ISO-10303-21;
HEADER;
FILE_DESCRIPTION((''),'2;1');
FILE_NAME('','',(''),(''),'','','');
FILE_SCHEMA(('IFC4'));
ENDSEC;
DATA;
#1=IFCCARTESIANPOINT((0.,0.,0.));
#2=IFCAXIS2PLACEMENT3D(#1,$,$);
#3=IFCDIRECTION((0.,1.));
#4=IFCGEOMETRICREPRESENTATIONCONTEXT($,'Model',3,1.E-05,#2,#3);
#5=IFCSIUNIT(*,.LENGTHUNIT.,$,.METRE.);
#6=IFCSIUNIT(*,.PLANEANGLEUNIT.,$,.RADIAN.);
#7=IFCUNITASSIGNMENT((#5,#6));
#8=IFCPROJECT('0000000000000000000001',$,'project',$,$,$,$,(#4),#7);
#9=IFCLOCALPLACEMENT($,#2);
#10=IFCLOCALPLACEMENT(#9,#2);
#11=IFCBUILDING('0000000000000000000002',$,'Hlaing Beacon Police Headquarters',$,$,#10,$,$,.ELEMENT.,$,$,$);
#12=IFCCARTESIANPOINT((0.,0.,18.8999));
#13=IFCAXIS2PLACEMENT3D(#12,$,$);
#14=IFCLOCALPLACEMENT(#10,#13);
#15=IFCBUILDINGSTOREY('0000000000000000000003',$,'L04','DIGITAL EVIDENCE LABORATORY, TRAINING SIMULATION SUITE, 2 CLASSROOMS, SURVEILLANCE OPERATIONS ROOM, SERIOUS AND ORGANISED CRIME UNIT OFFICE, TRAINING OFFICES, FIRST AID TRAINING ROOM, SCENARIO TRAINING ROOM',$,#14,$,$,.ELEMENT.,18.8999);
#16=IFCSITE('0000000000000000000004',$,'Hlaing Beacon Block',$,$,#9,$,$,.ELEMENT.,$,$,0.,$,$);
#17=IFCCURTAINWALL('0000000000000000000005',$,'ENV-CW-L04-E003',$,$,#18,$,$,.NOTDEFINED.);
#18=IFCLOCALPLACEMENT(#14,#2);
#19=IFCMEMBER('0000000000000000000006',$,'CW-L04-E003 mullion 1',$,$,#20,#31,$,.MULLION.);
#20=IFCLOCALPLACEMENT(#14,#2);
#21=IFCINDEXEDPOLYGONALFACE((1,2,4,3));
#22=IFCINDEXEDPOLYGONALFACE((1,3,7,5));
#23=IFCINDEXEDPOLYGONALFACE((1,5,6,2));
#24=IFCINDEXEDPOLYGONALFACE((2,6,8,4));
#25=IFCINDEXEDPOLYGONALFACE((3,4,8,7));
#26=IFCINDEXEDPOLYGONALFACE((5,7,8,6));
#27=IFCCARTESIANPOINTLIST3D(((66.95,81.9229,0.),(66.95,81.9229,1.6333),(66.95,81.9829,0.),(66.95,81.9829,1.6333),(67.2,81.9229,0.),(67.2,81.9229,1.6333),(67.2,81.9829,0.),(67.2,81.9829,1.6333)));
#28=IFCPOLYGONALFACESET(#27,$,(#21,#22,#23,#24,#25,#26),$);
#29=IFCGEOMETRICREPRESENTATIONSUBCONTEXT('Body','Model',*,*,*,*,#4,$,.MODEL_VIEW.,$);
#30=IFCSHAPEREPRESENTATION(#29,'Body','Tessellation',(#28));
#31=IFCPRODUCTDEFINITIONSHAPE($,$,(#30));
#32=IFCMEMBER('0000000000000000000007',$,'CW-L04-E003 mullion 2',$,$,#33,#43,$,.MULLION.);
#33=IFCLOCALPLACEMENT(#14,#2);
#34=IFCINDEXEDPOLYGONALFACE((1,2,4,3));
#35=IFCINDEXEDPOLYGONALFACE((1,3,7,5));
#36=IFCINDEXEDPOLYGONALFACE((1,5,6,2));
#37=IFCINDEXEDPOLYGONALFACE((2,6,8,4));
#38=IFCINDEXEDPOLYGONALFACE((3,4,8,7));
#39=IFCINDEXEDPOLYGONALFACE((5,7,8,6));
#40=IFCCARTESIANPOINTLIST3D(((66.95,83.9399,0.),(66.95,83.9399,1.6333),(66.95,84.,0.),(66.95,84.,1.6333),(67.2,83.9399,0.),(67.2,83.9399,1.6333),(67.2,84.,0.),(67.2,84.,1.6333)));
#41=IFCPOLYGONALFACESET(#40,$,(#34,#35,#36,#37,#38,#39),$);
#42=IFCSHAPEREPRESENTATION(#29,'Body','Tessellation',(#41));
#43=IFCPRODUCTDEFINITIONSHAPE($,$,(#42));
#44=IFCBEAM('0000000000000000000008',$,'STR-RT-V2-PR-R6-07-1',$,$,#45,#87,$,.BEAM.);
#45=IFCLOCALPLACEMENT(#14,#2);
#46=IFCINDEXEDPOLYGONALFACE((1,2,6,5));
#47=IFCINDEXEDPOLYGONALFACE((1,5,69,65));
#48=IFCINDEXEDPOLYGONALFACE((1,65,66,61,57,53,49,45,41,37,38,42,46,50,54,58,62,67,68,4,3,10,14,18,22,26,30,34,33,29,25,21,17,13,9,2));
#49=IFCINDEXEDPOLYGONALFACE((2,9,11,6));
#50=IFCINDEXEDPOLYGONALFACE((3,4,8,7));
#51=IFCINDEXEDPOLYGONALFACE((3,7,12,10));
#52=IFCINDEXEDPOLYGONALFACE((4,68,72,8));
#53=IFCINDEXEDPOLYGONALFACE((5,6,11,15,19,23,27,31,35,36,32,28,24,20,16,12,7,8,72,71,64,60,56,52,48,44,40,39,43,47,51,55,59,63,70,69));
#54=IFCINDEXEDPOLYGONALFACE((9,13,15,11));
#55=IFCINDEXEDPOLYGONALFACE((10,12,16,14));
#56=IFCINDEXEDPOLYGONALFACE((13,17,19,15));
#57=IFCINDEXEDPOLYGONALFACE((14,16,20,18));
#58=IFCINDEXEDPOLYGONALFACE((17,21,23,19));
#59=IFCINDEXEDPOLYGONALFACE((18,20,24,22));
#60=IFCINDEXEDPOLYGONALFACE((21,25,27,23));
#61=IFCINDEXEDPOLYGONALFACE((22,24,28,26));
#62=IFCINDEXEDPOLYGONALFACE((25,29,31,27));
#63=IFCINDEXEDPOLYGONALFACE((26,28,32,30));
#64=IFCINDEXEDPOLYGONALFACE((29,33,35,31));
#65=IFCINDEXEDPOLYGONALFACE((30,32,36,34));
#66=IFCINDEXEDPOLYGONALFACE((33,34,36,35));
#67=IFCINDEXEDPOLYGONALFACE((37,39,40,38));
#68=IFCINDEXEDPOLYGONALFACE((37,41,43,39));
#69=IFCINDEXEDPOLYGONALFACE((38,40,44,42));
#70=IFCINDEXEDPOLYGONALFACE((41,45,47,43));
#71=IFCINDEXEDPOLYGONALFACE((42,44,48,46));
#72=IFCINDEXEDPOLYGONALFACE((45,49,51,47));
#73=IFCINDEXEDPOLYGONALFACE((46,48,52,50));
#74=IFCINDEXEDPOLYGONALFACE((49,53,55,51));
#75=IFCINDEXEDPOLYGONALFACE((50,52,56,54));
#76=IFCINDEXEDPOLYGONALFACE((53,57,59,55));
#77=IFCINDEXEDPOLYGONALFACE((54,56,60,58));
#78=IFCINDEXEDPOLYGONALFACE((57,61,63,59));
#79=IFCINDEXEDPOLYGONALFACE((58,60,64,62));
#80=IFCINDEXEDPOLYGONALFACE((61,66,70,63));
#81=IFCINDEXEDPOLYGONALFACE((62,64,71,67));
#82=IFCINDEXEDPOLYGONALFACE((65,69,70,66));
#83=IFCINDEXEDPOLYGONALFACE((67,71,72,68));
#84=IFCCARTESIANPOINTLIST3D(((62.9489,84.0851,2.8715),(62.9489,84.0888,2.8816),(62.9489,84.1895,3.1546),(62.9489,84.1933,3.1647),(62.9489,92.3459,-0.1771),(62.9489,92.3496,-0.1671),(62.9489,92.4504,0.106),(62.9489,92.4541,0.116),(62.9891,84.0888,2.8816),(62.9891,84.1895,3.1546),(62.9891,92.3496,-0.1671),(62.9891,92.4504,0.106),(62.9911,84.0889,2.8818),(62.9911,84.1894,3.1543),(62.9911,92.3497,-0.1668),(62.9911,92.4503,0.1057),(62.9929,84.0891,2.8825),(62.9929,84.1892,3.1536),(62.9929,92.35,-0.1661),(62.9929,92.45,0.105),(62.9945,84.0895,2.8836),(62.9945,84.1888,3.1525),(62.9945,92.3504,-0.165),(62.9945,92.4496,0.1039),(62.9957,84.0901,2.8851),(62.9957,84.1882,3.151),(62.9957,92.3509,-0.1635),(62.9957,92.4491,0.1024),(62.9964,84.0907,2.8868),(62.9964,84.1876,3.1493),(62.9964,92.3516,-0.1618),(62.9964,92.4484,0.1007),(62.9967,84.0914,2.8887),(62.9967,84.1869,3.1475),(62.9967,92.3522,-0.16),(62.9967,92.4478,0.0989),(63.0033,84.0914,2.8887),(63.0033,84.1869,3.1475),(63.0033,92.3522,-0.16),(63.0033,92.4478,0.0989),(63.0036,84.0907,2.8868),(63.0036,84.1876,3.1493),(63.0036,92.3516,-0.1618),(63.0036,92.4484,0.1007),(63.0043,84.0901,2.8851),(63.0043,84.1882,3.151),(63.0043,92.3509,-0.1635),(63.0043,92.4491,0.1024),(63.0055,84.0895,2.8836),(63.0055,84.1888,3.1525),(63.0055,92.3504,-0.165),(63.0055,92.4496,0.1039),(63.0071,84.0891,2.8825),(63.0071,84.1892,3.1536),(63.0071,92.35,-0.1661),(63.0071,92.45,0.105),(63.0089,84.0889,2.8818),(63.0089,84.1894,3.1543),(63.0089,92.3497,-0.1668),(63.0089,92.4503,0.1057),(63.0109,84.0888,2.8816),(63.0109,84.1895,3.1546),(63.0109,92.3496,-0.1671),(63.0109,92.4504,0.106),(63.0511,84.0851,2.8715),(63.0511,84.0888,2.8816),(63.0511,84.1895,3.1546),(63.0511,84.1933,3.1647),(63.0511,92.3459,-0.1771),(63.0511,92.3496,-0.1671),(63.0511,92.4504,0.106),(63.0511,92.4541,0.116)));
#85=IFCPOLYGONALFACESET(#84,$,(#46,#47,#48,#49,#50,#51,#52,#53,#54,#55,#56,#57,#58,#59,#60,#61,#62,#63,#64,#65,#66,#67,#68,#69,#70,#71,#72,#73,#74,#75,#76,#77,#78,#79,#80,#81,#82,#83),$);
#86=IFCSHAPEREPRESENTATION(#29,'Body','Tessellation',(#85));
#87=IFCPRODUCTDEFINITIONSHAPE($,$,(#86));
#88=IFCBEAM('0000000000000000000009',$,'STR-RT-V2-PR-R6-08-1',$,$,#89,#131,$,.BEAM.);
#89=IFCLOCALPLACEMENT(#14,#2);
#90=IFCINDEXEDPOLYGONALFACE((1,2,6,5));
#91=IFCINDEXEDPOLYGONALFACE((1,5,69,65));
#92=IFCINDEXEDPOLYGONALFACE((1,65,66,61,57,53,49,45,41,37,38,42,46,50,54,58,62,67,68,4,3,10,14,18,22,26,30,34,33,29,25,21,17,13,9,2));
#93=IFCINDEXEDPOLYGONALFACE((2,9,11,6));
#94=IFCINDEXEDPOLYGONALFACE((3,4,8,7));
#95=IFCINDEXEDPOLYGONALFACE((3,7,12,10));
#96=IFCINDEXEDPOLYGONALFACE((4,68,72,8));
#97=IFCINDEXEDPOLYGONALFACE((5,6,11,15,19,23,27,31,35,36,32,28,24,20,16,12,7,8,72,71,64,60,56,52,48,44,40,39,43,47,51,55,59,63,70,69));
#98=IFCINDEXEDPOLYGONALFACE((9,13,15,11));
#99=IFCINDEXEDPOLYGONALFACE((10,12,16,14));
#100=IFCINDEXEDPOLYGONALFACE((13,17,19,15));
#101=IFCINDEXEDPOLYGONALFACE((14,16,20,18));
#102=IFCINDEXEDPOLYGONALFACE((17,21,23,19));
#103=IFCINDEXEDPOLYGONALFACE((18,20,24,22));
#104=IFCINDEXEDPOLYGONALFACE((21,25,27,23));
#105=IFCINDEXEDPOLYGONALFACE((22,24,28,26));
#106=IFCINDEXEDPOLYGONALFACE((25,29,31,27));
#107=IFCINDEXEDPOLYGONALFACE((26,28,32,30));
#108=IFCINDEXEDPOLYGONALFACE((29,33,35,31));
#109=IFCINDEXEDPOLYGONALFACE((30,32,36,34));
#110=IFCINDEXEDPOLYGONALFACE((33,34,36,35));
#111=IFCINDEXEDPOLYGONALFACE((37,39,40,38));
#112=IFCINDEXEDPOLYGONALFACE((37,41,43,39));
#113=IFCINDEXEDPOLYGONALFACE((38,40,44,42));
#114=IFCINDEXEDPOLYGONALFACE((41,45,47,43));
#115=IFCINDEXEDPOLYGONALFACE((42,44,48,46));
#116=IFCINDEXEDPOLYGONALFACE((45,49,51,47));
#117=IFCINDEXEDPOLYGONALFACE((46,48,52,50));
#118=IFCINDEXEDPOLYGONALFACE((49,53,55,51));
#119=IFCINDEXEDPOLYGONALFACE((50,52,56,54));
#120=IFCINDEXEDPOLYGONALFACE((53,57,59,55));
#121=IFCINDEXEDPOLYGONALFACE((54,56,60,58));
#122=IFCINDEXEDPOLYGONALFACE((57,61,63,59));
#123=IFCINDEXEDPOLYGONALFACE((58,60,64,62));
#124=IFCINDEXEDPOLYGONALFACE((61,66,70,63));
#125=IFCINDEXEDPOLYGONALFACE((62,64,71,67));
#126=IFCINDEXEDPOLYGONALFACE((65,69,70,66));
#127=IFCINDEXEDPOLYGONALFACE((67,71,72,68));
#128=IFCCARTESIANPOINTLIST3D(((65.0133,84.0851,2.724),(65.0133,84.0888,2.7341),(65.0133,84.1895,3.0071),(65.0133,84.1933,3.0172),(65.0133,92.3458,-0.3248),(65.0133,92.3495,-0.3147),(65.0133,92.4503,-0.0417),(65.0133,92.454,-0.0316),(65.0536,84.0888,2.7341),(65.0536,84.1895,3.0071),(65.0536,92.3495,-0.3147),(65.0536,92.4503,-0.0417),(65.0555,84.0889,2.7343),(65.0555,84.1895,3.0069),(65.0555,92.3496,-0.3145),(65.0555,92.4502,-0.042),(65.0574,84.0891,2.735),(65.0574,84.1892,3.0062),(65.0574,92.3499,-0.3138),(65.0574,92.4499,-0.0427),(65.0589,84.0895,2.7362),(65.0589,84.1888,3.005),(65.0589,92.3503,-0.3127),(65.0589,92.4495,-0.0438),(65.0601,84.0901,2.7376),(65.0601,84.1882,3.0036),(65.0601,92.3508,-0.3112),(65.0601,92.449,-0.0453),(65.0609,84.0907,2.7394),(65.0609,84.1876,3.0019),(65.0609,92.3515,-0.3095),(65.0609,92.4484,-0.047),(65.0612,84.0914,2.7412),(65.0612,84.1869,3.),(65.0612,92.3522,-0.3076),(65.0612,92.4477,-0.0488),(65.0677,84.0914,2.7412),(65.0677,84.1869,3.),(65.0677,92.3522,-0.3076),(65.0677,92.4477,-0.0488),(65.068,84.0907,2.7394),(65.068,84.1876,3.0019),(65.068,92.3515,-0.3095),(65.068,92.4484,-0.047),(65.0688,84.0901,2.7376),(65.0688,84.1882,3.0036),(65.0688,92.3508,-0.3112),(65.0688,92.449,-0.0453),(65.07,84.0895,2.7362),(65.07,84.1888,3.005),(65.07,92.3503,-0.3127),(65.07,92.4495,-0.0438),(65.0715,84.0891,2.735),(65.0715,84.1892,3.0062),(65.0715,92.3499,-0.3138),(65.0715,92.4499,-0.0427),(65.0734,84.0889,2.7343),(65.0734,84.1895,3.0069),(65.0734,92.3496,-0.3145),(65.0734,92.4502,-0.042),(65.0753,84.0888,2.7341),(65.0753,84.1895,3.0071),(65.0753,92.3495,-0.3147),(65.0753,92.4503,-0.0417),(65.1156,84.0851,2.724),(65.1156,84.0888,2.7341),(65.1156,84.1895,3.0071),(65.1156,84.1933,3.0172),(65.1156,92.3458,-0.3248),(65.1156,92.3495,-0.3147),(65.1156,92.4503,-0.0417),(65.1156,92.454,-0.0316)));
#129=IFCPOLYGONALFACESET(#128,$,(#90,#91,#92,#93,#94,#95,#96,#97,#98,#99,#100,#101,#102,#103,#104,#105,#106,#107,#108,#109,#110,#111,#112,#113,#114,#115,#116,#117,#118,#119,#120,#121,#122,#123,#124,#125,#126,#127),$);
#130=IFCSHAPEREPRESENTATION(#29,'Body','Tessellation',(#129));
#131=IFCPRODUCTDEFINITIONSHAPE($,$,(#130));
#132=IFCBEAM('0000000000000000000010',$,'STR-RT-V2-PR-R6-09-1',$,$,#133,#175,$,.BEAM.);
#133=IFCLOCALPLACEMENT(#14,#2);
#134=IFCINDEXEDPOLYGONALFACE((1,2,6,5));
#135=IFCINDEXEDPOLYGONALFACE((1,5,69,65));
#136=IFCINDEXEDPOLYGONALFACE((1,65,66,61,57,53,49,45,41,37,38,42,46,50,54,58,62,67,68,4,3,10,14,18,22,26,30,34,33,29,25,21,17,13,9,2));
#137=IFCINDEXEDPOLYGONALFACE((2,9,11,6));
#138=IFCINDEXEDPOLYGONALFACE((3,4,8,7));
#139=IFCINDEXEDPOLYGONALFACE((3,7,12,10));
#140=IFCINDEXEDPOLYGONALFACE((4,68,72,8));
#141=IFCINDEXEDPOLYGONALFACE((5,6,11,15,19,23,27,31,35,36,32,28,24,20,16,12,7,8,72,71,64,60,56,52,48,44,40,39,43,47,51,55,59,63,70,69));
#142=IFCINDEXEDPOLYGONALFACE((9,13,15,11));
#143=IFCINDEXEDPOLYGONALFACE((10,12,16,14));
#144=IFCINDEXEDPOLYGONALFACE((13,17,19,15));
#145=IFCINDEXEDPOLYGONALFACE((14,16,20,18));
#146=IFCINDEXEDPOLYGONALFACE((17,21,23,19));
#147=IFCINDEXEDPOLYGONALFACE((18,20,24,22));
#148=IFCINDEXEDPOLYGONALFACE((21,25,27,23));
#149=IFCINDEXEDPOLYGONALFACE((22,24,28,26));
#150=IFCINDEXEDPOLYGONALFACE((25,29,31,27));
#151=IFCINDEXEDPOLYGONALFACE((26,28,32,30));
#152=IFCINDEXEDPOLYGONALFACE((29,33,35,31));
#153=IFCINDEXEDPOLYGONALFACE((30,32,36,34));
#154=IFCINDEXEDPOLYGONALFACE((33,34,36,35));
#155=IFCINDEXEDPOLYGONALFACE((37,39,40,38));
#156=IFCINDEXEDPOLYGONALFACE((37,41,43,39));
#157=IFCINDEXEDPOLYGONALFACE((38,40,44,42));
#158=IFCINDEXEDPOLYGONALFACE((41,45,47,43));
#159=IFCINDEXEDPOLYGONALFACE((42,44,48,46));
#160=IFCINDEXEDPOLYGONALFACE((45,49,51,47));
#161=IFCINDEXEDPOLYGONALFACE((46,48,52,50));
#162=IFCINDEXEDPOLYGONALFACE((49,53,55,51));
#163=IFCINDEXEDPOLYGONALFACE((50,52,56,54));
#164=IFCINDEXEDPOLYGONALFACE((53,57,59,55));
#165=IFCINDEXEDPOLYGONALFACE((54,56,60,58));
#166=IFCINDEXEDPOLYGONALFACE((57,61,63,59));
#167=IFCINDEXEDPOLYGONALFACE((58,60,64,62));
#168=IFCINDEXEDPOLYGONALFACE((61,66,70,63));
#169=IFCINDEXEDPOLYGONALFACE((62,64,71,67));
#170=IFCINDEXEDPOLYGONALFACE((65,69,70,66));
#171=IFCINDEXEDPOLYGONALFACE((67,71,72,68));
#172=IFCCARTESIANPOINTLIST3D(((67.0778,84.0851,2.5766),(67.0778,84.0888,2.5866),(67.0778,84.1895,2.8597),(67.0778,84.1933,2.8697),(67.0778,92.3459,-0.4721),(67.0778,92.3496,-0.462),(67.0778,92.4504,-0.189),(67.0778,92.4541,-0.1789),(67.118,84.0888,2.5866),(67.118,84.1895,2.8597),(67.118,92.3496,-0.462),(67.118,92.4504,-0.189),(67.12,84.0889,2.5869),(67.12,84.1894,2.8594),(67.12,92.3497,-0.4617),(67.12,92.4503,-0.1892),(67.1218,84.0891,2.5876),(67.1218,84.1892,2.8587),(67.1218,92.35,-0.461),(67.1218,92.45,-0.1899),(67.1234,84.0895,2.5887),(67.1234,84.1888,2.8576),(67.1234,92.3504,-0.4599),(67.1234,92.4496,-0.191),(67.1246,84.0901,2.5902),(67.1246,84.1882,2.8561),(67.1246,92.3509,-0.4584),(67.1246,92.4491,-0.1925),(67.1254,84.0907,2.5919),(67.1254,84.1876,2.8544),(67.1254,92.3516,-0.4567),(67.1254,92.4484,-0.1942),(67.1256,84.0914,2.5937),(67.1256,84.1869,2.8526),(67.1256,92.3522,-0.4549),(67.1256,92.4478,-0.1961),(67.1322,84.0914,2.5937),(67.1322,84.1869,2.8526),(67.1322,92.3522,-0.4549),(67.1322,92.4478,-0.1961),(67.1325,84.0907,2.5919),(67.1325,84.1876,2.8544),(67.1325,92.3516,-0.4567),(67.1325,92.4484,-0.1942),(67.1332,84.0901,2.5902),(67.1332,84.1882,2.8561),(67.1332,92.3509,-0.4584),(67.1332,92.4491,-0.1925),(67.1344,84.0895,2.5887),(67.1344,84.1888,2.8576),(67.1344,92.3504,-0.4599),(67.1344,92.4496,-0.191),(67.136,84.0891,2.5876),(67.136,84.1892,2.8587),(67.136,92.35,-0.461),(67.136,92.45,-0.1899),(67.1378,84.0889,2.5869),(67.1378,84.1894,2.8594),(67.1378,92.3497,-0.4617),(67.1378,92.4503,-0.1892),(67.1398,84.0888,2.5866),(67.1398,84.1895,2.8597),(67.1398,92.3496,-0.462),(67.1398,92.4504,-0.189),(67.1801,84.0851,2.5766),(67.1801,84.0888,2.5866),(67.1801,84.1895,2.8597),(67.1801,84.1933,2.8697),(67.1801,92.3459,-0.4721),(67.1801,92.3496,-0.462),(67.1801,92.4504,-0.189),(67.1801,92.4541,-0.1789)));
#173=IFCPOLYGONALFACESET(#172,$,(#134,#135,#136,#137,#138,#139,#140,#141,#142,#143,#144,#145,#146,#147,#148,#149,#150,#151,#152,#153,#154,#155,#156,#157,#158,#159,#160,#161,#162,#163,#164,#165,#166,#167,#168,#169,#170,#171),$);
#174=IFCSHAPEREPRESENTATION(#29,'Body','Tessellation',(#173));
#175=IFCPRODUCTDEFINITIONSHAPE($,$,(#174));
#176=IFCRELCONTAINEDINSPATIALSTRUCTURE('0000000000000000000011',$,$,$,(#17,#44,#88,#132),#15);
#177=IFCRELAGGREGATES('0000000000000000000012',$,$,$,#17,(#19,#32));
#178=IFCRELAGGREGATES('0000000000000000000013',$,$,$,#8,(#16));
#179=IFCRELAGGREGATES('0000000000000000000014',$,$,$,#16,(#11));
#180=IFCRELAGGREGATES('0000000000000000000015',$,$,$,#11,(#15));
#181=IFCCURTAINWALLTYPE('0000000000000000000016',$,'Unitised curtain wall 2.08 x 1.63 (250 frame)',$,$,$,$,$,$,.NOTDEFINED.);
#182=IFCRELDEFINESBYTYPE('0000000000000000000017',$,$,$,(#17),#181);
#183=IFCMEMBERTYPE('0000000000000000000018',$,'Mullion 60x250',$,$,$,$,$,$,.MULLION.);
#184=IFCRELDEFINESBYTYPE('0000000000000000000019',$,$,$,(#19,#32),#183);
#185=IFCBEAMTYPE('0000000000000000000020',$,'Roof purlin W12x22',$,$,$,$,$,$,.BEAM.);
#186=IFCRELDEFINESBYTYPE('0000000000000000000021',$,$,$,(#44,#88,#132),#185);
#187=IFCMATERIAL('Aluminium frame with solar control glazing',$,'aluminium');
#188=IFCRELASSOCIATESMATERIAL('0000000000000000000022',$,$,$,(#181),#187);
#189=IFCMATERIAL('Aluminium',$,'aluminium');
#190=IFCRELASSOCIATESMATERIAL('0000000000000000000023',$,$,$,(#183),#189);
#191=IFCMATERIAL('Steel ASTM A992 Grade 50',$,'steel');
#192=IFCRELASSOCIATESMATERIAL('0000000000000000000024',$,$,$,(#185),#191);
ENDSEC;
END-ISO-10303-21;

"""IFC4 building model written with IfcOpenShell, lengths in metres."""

from ifc_helpers import new_model, si_unit, direction, frame, origin, origin_2d, place, context, subcontext, project, spatial, rectangle, i_section, extrude, material, material_profile, profile_set, type_object, element, aggregate, save


model = new_model("IFC4")

# Units and contexts
model_context = context("Model", 3, precision=1e-05, world=origin(), true_north=direction((0.0, 1.0)))
body_context = subcontext(model_context, "Body", "Model", "MODEL_VIEW")
ifc_project = project(units=[si_unit("LENGTHUNIT", "METRE"), si_unit("PLANEANGLEUNIT", "RADIAN")], contexts=[model_context])

# Site, building, storey
site_placement = place(None, origin())
site = spatial("IfcSite", under=ifc_project, at=site_placement, Name="Hlaing Beacon Block", CompositionType="ELEMENT", RefElevation=0.0)
building_placement = place(site_placement, origin())
building = spatial("IfcBuilding", under=site, at=building_placement, Name="Hlaing Beacon Police Headquarters", CompositionType="ELEMENT")
storey_placement = place(building_placement, frame((0.0, 0.0, 18.8999)))
storey = spatial("IfcBuildingStorey", under=building, at=storey_placement, Name="L04", Description="DIGITAL EVIDENCE LABORATORY, TRAINING SIMULATION SUITE, 2 CLASSROOMS, SURVEILLANCE OPERATIONS ROOM, SERIOUS AND ORGANISED CRIME UNIT OFFICE, TRAINING OFFICES, FIRST AID TRAINING ROOM, SCENARIO TRAINING ROOM", CompositionType="ELEMENT", Elevation=18.8999)

# Curtain wall, members
ifc_material_1 = material(Name="Aluminium frame with solar control glazing", Category="aluminium")
curtain_wall_type = type_object("IfcCurtainWallType", Name="Unitised curtain wall 2.08 x 1.63 (250 frame)", PredefinedType="NOTDEFINED", material=ifc_material_1)
curtain_wall_placement = place(storey_placement, origin())
curtain_wall = element("IfcCurtainWall", 1, at=curtain_wall_placement, inside=storey, type_object=curtain_wall_type, Name="ENV-CW-L04-E003", PredefinedType="NOTDEFINED")
ifc_material_2 = material(Name="Aluminium", Category="aluminium")
ifc_material_profile_1 = material_profile(ifc_material_2, rectangle(XDim=0.25, YDim=0.0601, at=origin_2d()), Name="Mullion 60x250")
ifc_profile_set_1 = profile_set([ifc_material_profile_1], Name="Aluminium")
member_type_1 = type_object("IfcMemberType", Name="Mullion 60x250", PredefinedType="MULLION", material=ifc_profile_set_1)
member_1_placement = place(storey_placement, frame((67.075, 81.9529, 0.0), z_axis=(0.0, 0.0, 1.0), x_axis=(-1.0, 0.0, 0.0)))
member_1 = element("IfcMember", 2, at=member_1_placement, type_object=member_type_1, Name="CW-L04-E003 mullion 1", PredefinedType="MULLION", context=body_context, shape_type="SweptSolid", body=[
    extrude(rectangle(XDim=0.25, YDim=0.0601, at=origin_2d()), origin(), (0.0, 0.0, 1.0), 1.6333),
])
member_2_placement = place(storey_placement, frame((67.075, 83.97, 0.0), z_axis=(0.0, 0.0, 1.0), x_axis=(-1.0, 0.0, 0.0)))
member_2 = element("IfcMember", 3, at=member_2_placement, type_object=member_type_1, Name="CW-L04-E003 mullion 2", PredefinedType="MULLION", context=body_context, shape_type="SweptSolid", body=[
    extrude(rectangle(XDim=0.25, YDim=0.0601, at=origin_2d()), origin(), (0.0, 0.0, 1.0), 1.6333),
])

# Beams
ifc_material_3 = material(Name="Steel ASTM A992 Grade 50", Category="steel")
ifc_material_profile_2 = material_profile(ifc_material_3, i_section(OverallWidth=0.1023, OverallDepth=0.3125, WebThickness=0.0066, FlangeThickness=0.0107, FilletRadius=0.0076, at=origin_2d()), Name="W12x22")
ifc_profile_set_2 = profile_set([ifc_material_profile_2], Name="Steel ASTM A992 Grade 50")
beam_type_1 = type_object("IfcBeamType", Name="Roof purlin W12x22", PredefinedType="BEAM", material=ifc_profile_set_2)
for number, where, z_axis, x_axis, name in (
    (4, (63.0, 84.1392, 3.0181), (0.0, 0.938153, -0.346221), (-1.0, 0.0, 0.0), "STR-RT-V2-PR-R6-07-1"),
    (5, (65.0645, 84.1392, 2.8706), (0.0, 0.938144, -0.346245), (-1.0, 0.0, 0.0), "STR-RT-V2-PR-R6-08-1"),
    (6, (67.1289, 84.1392, 2.7231), (0.0, 0.938153, -0.346221), (-1.0, 0.0, 0.0), "STR-RT-V2-PR-R6-09-1"),
):
    element("IfcBeam", number, at=place(storey_placement, frame(where, z_axis=z_axis, x_axis=x_axis)), inside=storey, type_object=beam_type_1, Name=name, PredefinedType="BEAM", context=body_context, shape_type="SweptSolid", body=[
        extrude(i_section(OverallWidth=0.1023, OverallDepth=0.3125, WebThickness=0.0066, FlangeThickness=0.0107, FilletRadius=0.0076, at=origin_2d()), origin(), (0.0, 0.0, 1.0), 8.8054),
    ])

aggregate(curtain_wall, [member_1, member_2])

save(model, "model.ifc")
